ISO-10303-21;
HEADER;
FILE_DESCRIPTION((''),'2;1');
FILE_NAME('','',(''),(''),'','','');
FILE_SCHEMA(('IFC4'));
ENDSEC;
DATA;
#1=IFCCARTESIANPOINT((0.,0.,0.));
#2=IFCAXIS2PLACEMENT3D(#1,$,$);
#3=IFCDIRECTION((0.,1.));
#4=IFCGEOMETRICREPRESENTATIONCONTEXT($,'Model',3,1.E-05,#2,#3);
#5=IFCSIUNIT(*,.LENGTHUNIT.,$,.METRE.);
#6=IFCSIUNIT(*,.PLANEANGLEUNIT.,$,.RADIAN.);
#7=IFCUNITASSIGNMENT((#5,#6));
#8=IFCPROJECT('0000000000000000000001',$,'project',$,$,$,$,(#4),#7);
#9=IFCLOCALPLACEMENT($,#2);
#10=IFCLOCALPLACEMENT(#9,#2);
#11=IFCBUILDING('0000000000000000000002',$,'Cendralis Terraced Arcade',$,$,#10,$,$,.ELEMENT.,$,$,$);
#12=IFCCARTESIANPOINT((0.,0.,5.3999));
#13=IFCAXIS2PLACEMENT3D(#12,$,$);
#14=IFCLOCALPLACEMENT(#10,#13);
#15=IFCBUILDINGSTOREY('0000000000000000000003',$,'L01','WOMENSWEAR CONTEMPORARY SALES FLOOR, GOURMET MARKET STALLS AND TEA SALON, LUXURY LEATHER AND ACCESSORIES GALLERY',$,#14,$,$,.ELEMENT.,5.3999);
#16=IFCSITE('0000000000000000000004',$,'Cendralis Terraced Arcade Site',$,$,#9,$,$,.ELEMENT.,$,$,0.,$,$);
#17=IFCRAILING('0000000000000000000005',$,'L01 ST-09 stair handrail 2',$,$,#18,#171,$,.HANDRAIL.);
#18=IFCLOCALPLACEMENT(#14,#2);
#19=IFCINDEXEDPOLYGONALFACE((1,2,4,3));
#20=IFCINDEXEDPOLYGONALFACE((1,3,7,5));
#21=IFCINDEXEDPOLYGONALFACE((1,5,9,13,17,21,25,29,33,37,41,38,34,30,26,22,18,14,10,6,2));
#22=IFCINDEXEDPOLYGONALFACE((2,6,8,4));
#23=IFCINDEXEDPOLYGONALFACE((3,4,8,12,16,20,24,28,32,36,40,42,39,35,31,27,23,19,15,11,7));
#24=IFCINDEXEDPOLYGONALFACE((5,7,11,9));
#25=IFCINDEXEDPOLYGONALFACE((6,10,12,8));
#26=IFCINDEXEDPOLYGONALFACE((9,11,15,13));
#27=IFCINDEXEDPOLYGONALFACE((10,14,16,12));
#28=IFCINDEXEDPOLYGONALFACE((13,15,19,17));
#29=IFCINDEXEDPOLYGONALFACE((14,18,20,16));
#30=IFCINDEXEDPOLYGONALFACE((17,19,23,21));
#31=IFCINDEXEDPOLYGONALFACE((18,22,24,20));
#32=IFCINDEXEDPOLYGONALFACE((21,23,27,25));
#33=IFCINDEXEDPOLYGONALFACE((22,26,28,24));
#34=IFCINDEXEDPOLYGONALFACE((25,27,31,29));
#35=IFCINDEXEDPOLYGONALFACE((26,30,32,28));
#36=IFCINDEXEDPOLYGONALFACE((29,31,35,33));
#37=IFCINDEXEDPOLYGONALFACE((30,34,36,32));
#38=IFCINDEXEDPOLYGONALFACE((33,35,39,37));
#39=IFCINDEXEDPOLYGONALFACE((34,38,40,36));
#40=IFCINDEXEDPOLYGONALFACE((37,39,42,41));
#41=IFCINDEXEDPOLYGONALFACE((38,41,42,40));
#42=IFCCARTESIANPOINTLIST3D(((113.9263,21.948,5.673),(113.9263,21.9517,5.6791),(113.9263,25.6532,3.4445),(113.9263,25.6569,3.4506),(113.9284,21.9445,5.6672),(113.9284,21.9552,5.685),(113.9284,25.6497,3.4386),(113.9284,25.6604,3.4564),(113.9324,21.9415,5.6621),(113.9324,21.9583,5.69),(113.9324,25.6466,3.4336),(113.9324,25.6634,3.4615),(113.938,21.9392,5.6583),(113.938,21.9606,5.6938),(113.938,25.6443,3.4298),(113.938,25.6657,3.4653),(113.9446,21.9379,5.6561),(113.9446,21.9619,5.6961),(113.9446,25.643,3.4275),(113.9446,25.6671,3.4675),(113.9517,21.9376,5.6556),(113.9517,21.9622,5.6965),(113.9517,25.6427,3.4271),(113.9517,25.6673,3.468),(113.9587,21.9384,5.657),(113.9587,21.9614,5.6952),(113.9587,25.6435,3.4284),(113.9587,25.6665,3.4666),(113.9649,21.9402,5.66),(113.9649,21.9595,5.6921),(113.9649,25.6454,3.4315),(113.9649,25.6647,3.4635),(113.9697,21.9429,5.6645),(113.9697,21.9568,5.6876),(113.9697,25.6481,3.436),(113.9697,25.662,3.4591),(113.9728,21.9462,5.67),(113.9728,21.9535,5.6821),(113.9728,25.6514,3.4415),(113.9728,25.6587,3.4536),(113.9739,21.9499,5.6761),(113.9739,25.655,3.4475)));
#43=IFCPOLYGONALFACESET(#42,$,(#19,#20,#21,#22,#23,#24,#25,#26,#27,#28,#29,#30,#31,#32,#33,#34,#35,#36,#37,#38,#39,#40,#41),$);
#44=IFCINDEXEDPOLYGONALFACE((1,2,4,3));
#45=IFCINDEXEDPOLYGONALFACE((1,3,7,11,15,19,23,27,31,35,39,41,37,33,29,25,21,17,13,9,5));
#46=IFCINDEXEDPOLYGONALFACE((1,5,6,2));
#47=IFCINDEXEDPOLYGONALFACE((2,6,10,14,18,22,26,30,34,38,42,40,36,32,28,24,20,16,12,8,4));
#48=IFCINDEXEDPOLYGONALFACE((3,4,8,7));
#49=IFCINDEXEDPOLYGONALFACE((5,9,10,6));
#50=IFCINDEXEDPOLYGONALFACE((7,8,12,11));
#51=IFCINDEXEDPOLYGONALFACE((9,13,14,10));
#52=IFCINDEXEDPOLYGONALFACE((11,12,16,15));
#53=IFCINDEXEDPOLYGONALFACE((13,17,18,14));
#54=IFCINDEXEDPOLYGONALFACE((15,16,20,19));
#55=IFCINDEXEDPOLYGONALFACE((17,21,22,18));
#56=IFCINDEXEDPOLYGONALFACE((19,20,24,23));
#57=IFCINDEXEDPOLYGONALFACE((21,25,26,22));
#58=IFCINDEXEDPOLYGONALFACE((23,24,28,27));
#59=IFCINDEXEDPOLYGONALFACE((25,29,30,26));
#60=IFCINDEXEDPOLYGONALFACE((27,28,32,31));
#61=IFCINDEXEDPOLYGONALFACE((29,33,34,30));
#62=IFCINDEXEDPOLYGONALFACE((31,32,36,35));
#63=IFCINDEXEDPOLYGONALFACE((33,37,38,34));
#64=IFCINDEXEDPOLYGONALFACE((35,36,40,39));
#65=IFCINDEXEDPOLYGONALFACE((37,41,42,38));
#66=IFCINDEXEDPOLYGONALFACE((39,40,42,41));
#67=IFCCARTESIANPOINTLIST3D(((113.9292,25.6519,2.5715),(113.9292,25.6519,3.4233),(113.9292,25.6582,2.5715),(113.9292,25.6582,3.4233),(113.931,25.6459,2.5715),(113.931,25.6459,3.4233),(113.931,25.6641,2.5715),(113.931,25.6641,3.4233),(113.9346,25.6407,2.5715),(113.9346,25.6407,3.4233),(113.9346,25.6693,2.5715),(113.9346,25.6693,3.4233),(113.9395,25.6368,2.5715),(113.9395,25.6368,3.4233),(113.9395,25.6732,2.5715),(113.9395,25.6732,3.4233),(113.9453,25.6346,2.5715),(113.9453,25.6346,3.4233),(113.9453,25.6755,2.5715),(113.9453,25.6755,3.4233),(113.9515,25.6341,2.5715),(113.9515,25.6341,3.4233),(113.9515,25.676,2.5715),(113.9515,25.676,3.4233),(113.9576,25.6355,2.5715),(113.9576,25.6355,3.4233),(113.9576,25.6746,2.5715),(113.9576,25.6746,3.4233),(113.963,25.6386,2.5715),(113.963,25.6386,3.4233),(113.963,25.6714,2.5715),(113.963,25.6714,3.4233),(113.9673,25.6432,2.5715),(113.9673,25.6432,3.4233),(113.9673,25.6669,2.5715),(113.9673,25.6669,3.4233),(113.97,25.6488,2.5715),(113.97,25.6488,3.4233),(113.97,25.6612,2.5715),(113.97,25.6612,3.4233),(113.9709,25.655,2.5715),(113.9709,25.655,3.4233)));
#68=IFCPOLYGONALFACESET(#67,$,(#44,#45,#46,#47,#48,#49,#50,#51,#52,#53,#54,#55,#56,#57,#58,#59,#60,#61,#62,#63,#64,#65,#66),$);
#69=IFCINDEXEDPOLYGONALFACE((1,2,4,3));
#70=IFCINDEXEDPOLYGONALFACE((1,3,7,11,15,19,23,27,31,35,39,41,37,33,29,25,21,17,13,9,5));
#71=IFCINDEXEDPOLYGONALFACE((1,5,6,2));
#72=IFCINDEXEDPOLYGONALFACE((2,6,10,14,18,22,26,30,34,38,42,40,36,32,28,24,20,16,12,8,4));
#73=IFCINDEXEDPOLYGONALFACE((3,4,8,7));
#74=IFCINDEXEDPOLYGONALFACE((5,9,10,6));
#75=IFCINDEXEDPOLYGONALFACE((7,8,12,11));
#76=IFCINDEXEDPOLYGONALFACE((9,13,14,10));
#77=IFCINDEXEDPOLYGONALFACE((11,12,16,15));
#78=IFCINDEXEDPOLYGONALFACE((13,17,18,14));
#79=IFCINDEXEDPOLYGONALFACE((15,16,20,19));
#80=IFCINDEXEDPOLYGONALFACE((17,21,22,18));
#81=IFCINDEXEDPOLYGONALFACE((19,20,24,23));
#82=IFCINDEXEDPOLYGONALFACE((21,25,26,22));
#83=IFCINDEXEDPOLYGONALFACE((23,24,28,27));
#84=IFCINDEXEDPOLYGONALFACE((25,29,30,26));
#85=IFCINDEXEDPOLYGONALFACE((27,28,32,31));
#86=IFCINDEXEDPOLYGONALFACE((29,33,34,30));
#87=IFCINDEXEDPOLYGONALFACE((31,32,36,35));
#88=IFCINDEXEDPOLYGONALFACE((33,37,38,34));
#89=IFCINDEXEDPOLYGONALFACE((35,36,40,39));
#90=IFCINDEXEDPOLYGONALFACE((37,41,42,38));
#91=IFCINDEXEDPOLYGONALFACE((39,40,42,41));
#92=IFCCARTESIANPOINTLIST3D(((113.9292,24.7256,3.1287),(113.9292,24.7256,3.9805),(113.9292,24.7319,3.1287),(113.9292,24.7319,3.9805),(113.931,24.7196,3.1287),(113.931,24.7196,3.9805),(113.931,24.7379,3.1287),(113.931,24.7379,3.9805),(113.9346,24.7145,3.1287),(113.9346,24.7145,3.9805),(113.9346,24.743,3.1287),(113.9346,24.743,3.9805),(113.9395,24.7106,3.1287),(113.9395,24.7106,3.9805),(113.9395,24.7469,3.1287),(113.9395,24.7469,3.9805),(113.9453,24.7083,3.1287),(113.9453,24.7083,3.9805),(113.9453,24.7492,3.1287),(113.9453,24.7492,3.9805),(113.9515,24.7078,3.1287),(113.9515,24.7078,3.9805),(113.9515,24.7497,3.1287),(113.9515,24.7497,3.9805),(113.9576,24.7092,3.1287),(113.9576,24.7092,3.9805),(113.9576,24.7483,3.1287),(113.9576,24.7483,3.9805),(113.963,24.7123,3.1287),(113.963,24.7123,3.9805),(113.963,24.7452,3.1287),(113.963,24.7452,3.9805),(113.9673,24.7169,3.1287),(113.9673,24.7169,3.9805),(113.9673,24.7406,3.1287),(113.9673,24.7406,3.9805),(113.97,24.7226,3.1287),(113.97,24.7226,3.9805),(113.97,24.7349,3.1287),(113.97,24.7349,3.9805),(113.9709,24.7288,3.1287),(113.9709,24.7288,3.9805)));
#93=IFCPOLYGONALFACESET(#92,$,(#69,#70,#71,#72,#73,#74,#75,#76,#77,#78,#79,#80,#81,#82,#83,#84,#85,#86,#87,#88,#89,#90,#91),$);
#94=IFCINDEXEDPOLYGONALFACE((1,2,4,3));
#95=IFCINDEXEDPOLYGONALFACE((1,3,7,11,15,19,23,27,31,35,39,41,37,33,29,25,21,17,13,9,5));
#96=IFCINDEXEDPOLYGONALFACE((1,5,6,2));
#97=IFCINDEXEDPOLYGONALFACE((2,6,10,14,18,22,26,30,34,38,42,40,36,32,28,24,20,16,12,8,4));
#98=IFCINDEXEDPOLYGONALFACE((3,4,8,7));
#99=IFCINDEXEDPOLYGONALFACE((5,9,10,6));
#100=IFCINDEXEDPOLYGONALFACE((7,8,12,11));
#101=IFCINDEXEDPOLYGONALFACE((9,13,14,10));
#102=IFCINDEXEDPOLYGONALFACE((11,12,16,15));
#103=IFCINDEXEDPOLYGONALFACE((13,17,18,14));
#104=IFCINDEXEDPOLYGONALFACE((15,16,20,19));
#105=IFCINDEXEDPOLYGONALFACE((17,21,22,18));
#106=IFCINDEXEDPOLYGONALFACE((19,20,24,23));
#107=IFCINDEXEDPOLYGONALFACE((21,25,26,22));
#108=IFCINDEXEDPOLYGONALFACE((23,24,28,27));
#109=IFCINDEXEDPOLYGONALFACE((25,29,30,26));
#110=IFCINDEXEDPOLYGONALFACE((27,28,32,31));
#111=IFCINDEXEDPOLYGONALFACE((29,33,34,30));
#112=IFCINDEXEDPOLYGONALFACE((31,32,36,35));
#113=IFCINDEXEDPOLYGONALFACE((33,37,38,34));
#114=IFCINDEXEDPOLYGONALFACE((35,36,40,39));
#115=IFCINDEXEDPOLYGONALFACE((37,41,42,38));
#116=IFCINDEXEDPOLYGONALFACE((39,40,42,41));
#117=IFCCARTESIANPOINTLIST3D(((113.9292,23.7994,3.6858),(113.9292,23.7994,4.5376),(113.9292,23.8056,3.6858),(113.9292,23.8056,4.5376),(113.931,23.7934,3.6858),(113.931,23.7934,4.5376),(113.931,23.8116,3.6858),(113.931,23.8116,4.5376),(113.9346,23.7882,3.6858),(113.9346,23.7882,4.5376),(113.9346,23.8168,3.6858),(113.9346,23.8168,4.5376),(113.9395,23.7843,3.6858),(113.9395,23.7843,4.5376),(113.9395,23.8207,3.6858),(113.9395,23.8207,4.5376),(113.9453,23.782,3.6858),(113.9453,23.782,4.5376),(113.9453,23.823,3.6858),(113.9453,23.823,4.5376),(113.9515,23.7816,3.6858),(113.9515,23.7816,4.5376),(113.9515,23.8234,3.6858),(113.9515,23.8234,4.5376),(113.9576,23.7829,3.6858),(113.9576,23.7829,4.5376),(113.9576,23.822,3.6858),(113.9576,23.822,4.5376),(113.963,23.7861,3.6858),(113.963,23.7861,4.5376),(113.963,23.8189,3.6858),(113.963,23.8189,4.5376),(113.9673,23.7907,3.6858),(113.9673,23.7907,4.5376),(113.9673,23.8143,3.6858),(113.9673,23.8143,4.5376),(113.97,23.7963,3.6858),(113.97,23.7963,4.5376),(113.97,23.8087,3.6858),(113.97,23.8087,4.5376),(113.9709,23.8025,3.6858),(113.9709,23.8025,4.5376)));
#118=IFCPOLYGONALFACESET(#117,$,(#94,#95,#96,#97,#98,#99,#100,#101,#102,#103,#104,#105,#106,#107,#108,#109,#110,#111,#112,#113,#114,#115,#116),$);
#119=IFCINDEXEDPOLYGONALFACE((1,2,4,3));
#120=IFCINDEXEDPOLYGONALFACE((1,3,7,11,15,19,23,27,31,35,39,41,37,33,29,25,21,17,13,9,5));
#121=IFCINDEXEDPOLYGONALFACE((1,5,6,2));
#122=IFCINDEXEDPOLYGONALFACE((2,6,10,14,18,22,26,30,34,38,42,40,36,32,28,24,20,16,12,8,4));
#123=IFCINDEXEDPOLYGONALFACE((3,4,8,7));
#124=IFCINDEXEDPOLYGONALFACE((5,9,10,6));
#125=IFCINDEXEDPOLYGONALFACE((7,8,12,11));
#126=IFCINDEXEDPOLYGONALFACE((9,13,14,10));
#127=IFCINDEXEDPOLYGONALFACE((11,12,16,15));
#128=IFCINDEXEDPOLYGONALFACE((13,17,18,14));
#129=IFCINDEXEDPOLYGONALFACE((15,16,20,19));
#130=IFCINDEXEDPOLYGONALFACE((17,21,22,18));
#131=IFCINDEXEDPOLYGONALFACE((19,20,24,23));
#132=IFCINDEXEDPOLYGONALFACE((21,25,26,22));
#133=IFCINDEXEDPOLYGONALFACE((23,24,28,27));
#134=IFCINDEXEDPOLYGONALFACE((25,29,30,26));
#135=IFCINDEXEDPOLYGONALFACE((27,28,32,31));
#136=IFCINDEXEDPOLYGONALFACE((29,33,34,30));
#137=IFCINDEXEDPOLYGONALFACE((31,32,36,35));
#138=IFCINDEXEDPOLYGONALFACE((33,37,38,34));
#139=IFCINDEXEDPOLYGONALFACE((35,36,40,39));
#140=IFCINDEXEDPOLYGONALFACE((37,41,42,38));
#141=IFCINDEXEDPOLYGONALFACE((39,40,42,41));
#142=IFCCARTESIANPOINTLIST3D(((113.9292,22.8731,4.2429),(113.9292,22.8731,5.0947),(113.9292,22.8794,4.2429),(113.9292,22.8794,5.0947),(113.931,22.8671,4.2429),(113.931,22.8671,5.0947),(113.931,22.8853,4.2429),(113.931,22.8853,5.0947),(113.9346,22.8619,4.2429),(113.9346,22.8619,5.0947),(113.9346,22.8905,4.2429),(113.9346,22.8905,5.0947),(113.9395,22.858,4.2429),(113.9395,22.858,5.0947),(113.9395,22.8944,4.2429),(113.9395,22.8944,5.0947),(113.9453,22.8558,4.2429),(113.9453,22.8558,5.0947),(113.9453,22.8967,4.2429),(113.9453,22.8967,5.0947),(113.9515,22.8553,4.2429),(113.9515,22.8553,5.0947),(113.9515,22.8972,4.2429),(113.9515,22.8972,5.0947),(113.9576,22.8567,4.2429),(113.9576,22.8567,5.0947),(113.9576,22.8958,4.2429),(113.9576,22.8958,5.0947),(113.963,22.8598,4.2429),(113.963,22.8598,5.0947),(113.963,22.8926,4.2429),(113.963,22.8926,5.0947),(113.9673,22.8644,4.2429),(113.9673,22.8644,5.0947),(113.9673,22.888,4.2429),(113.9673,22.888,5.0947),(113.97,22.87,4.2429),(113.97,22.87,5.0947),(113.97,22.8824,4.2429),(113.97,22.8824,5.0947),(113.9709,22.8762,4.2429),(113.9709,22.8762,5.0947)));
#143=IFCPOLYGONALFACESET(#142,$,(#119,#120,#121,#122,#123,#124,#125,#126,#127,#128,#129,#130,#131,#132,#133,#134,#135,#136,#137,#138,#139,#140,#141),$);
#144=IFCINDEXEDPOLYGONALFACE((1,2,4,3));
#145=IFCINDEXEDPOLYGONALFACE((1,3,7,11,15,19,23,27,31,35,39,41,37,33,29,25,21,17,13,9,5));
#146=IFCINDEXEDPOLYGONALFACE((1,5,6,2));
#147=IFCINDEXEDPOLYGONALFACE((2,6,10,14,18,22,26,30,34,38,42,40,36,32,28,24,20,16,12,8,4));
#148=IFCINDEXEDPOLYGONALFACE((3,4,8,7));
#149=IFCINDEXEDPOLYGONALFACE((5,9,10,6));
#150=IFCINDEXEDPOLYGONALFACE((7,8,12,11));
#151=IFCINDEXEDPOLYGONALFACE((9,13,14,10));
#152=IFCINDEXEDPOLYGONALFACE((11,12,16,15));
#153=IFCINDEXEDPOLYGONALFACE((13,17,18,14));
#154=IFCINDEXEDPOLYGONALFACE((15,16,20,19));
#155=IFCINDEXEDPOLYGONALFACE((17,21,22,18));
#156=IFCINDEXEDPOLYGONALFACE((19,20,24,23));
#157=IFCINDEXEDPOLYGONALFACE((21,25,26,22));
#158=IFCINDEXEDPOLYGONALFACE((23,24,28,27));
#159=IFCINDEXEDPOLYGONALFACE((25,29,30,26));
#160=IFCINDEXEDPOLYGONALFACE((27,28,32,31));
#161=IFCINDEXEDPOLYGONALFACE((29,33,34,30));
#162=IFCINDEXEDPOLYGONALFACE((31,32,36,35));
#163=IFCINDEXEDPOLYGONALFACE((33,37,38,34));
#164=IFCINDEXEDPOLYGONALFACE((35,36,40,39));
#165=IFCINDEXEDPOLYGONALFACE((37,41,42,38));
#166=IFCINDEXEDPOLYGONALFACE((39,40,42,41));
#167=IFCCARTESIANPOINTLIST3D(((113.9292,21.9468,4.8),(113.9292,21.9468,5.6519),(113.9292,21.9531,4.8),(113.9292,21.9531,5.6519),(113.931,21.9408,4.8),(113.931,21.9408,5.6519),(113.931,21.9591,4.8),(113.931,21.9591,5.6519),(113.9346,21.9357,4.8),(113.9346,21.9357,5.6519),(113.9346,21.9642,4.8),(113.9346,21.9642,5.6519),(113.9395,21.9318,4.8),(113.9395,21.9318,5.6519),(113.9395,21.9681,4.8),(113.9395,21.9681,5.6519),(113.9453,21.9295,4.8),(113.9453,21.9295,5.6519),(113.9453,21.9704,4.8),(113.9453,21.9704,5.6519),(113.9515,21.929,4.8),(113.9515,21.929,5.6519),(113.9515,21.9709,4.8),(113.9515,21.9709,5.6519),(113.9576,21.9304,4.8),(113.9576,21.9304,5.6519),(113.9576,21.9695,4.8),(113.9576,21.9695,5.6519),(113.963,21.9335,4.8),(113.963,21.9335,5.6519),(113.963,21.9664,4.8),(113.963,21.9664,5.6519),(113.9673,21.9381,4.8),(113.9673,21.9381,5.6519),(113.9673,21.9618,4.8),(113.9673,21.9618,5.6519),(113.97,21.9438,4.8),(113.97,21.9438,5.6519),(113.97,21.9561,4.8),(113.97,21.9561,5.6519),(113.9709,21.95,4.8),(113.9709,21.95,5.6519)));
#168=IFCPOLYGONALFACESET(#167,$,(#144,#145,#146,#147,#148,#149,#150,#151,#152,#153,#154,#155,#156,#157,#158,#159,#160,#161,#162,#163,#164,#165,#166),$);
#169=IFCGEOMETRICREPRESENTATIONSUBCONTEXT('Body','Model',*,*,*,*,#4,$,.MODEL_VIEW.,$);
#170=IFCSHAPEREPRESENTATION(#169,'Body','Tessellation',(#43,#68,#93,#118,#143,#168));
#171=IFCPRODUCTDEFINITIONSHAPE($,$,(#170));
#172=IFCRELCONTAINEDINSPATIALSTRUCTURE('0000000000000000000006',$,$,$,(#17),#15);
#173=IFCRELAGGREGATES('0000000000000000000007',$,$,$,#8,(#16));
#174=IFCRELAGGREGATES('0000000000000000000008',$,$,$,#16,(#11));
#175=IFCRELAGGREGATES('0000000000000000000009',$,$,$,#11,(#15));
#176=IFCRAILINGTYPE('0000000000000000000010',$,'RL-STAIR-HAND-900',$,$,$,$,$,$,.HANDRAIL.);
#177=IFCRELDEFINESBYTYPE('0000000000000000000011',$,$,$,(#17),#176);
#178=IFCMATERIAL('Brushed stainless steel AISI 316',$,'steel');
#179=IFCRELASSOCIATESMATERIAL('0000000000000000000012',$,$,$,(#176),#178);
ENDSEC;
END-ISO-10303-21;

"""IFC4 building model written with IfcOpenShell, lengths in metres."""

from ifc_helpers import new_model, si_unit, direction, frame, origin, origin_2d, place, context, subcontext, project, spatial, circle, extrude, material, type_object, element, save


model = new_model("IFC4")

# Units and contexts
model_context = context("Model", 3, precision=1e-05, world=origin(), true_north=direction((0.0, 1.0)))
body_context = subcontext(model_context, "Body", "Model", "MODEL_VIEW")
ifc_project = project(units=[si_unit("LENGTHUNIT", "METRE"), si_unit("PLANEANGLEUNIT", "RADIAN")], contexts=[model_context])

# Site, building, storey
site_placement = place(None, origin())
site = spatial("IfcSite", under=ifc_project, at=site_placement, Name="Cendralis Terraced Arcade Site", CompositionType="ELEMENT", RefElevation=0.0)
building_placement = place(site_placement, origin())
building = spatial("IfcBuilding", under=site, at=building_placement, Name="Cendralis Terraced Arcade", CompositionType="ELEMENT")
storey_placement = place(building_placement, frame((0.0, 0.0, 5.3999)))
storey = spatial("IfcBuildingStorey", under=building, at=storey_placement, Name="L01", Description="WOMENSWEAR CONTEMPORARY SALES FLOOR, GOURMET MARKET STALLS AND TEA SALON, LUXURY LEATHER AND ACCESSORIES GALLERY", CompositionType="ELEMENT", Elevation=5.3999)

# Railing
ifc_material_1 = material(Name="Brushed stainless steel AISI 316", Category="steel")
railing_type_1 = type_object("IfcRailingType", Name="RL-STAIR-HAND-900", PredefinedType="HANDRAIL", material=ifc_material_1)
railing_1_placement = place(storey_placement, frame((113.95, 25.655, 2.5715)))
element("IfcRailing", 1, at=railing_1_placement, inside=storey, type_object=railing_type_1, Name="L01 ST-09 stair handrail 2", PredefinedType="HANDRAIL", context=body_context, shape_type="SweptSolid", body=[
    extrude(circle(Radius=0.0239, at=origin_2d()), frame((0.0, 0.0, 0.876), z_axis=(0.0, -0.856934, 0.515425), x_axis=(1.0, 0.0, 0.0)), (0.0, 0.0, 1.0), 4.3237),
    extrude(circle(Radius=0.021, at=origin_2d()), origin(), (0.0, 0.0, 1.0), 0.8518),
    extrude(circle(Radius=0.021, at=origin_2d()), frame((0.0, -0.9263, 0.5571)), (0.0, 0.0, 1.0), 0.8518),
    extrude(circle(Radius=0.021, at=origin_2d()), frame((0.0, -1.8525, 1.1143)), (0.0, 0.0, 1.0), 0.8518),
    extrude(circle(Radius=0.021, at=origin_2d()), frame((0.0, -2.7788, 1.6714)), (0.0, 0.0, 1.0), 0.8518),
    extrude(circle(Radius=0.021, at=origin_2d()), frame((0.0, -3.7051, 2.2285)), (0.0, 0.0, 1.0), 0.8518),
])

save(model, "model.ifc")
